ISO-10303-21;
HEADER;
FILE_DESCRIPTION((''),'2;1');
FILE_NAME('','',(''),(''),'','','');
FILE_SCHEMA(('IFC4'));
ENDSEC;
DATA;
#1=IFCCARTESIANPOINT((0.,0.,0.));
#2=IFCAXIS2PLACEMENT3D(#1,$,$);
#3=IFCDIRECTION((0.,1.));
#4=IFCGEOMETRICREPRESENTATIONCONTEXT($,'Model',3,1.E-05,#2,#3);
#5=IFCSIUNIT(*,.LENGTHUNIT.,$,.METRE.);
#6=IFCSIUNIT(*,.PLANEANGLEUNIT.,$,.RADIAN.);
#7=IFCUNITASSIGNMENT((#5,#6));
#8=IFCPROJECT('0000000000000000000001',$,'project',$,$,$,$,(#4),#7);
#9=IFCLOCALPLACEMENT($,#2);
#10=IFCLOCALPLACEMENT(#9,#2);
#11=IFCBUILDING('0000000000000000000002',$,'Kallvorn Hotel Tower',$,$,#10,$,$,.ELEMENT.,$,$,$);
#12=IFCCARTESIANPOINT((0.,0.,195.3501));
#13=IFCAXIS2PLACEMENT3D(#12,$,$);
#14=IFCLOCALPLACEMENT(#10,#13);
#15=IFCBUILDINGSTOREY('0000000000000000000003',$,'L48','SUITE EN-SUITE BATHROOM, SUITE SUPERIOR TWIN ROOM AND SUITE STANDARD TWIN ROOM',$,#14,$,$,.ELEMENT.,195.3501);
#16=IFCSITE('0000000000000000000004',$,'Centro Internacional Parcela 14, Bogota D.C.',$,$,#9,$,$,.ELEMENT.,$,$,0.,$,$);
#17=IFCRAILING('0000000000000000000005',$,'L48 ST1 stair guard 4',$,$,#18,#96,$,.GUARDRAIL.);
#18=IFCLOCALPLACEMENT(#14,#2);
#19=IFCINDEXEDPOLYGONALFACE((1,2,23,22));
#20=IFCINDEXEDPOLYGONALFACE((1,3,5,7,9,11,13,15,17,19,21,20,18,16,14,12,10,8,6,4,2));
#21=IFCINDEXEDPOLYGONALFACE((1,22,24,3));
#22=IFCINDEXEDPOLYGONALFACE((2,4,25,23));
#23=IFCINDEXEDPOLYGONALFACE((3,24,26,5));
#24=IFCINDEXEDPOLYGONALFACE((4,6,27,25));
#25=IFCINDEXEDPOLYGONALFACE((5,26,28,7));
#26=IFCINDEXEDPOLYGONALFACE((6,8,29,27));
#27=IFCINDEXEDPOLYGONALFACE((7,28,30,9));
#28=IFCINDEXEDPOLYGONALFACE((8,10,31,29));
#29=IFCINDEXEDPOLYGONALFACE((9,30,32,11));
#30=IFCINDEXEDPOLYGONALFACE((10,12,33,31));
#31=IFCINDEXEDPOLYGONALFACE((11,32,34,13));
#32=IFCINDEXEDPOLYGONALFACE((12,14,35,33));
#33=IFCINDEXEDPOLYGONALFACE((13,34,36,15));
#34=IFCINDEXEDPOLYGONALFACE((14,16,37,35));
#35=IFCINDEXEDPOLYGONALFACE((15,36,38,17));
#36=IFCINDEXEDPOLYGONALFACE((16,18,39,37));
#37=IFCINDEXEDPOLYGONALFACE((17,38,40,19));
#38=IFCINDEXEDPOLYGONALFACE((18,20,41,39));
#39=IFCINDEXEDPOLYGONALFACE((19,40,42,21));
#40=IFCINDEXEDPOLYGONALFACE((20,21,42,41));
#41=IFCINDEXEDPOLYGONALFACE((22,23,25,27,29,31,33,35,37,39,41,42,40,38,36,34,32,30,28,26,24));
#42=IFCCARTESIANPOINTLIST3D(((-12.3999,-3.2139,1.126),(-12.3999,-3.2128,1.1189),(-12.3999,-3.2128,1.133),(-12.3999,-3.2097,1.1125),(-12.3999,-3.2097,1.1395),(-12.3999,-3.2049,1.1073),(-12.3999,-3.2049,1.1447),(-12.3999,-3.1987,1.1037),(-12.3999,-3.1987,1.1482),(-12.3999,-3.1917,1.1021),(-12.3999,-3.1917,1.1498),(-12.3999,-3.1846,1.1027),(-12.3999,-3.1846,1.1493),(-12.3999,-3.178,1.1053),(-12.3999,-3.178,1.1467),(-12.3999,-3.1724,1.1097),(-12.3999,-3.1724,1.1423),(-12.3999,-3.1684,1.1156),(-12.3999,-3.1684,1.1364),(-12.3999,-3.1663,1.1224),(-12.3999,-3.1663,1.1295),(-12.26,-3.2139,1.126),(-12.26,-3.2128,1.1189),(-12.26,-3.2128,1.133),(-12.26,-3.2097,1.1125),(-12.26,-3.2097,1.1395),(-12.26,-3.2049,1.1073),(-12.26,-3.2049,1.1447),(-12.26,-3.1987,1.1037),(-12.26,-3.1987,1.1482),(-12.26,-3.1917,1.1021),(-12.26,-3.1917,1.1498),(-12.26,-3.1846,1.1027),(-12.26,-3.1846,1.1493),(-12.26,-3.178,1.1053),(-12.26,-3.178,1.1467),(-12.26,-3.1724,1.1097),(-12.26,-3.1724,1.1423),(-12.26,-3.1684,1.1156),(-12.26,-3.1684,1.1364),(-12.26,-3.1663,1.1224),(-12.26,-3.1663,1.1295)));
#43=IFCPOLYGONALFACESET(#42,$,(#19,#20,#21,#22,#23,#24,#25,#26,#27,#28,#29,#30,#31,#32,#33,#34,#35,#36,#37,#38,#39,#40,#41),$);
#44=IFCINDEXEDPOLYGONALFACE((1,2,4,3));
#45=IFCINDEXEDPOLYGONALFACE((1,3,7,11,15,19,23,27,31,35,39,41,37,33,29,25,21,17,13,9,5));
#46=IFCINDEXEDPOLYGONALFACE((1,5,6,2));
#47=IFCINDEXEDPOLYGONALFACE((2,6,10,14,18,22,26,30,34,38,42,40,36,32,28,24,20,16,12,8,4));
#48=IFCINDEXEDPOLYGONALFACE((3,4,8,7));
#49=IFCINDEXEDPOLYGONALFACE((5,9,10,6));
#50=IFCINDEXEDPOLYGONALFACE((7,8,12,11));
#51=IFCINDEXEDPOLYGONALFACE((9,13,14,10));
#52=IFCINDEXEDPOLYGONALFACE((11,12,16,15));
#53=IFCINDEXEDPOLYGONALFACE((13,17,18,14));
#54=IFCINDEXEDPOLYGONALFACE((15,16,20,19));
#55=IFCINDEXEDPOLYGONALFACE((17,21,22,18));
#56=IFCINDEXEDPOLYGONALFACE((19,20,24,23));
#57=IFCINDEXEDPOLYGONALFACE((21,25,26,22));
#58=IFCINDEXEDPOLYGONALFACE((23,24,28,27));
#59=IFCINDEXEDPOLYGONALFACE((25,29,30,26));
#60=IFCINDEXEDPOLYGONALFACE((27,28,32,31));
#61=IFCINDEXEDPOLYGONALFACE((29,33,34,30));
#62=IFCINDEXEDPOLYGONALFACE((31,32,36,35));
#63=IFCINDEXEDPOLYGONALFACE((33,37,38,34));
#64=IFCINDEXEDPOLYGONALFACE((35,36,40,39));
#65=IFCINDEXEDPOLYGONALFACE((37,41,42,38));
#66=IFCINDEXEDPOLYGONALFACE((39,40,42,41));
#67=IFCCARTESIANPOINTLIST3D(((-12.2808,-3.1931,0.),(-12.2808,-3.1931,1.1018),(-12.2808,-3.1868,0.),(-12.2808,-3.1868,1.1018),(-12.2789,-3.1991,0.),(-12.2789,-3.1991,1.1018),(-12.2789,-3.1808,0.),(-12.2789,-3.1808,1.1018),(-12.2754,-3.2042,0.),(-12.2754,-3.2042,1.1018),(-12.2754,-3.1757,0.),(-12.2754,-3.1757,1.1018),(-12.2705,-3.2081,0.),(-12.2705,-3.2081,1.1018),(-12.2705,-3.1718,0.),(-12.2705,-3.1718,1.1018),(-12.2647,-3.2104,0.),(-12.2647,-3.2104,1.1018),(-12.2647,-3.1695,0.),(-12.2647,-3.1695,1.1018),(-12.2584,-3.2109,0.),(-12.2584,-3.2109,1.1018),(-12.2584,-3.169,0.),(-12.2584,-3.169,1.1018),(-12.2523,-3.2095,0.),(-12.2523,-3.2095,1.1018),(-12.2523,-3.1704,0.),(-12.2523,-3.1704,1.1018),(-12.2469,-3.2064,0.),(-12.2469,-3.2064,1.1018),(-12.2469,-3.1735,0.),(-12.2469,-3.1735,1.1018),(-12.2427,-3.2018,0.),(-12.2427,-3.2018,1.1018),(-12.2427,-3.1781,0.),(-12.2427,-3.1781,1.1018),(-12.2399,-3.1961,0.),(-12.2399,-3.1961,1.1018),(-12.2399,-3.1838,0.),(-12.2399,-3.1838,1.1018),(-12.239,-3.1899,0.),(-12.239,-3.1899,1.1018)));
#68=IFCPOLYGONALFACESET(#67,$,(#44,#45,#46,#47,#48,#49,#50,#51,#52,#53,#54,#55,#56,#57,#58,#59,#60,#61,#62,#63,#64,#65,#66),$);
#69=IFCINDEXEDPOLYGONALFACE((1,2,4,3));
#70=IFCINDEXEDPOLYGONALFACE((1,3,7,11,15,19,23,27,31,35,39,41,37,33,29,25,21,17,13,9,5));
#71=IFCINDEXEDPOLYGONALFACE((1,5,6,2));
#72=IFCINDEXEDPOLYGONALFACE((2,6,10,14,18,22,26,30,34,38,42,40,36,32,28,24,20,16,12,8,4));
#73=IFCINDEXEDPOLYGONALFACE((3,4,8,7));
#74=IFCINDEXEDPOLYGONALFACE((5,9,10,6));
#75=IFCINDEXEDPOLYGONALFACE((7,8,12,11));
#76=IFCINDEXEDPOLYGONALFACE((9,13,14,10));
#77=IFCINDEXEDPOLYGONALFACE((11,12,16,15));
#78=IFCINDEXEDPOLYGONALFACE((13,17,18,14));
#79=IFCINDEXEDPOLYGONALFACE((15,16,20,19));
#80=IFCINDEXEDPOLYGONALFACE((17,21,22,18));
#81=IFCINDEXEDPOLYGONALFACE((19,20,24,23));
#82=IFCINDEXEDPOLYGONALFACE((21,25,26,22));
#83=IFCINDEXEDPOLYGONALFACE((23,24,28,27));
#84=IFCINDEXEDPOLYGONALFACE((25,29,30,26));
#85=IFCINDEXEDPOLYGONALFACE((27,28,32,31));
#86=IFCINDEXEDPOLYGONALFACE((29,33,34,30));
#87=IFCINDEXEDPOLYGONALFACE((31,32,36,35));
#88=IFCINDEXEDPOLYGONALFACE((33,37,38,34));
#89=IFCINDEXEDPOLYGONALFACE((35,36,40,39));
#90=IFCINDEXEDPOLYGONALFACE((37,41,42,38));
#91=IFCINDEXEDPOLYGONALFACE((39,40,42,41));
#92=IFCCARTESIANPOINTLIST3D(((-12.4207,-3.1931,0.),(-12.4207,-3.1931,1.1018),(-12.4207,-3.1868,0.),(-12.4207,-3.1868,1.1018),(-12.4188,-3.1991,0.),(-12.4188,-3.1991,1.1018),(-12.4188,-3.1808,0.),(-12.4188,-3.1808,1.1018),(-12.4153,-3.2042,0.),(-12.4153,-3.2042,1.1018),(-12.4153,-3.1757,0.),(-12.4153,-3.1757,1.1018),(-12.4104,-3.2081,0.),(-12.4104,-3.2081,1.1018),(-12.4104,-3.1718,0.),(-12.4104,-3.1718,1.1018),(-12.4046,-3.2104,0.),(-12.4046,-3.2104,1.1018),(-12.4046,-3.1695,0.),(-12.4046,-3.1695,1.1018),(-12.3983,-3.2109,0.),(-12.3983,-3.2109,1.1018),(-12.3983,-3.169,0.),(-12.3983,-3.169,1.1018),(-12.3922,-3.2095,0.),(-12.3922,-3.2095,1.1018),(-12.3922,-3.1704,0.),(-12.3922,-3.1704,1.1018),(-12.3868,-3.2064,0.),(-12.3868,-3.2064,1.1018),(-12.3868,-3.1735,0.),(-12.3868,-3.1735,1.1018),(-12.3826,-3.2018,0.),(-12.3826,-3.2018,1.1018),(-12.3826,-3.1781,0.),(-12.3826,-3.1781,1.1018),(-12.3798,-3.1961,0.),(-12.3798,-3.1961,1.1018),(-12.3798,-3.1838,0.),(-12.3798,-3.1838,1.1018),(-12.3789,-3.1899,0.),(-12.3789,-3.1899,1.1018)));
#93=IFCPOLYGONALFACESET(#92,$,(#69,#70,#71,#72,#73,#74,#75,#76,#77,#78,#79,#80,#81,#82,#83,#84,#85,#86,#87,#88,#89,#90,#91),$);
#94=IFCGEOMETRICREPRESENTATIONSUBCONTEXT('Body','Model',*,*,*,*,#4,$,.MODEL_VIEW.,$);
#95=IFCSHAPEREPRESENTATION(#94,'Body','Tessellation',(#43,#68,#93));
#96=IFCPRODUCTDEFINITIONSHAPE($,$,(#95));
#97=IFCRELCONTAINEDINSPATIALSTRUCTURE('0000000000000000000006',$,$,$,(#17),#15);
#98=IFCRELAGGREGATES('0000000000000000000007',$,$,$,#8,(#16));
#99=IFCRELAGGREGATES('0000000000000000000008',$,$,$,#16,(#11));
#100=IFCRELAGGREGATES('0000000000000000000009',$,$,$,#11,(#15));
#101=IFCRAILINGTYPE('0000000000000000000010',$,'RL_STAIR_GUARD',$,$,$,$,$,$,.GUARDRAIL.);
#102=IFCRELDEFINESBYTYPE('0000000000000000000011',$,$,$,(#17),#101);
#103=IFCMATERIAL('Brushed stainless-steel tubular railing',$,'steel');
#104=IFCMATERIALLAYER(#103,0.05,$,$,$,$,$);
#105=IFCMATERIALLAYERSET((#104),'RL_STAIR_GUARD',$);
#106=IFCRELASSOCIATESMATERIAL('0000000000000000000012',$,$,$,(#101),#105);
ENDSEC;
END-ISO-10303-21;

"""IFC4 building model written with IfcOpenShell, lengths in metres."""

from ifc_helpers import new_model, si_unit, direction, frame, origin, origin_2d, place, context, subcontext, project, spatial, circle, extrude, material, layer, layer_set, type_object, element, save


model = new_model("IFC4")

# Units and contexts
model_context = context("Model", 3, precision=1e-05, world=origin(), true_north=direction((0.0, 1.0)))
body_context = subcontext(model_context, "Body", "Model", "MODEL_VIEW")
ifc_project = project(units=[si_unit("LENGTHUNIT", "METRE"), si_unit("PLANEANGLEUNIT", "RADIAN")], contexts=[model_context])

# Site, building, storey
site_placement = place(None, origin())
site = spatial("IfcSite", under=ifc_project, at=site_placement, Name="Centro Internacional Parcela 14, Bogota D.C.", CompositionType="ELEMENT", RefElevation=0.0)
building_placement = place(site_placement, origin())
building = spatial("IfcBuilding", under=site, at=building_placement, Name="Kallvorn Hotel Tower", CompositionType="ELEMENT")
storey_placement = place(building_placement, frame((0.0, 0.0, 195.3501)))
storey = spatial("IfcBuildingStorey", under=building, at=storey_placement, Name="L48", Description="SUITE EN-SUITE BATHROOM, SUITE SUPERIOR TWIN ROOM AND SUITE STANDARD TWIN ROOM", CompositionType="ELEMENT", Elevation=195.3501)

# Railing
ifc_material_1 = material(Name="Brushed stainless-steel tubular railing", Category="steel")
ifc_layer_1 = layer(ifc_material_1, 0.05)
ifc_layer_set_1 = layer_set([ifc_layer_1], Name="RL_STAIR_GUARD")
railing_type_1 = type_object("IfcRailingType", Name="RL_STAIR_GUARD", PredefinedType="GUARDRAIL", material=ifc_layer_set_1)
railing_1_placement = place(storey_placement, frame((-12.26, -3.1899, 0.0)))
element("IfcRailing", 1, at=railing_1_placement, inside=storey, type_object=railing_type_1, Name="L48 ST1 stair guard 4", PredefinedType="GUARDRAIL", context=body_context, shape_type="SweptSolid", body=[
    extrude(circle(Radius=0.0239, at=origin_2d()), frame((0.0, 0.0, 1.126), z_axis=(-1.0, 0.0, 0.0), x_axis=(0.0, -1.0, 0.0)), (0.0, 0.0, 1.0), 0.1399),
    extrude(circle(Radius=0.021, at=origin_2d()), origin(), (0.0, 0.0, 1.0), 1.1018),
    extrude(circle(Radius=0.021, at=origin_2d()), frame((-0.1399, 0.0, 0.0)), (0.0, 0.0, 1.0), 1.1018),
])

save(model, "model.ifc")
